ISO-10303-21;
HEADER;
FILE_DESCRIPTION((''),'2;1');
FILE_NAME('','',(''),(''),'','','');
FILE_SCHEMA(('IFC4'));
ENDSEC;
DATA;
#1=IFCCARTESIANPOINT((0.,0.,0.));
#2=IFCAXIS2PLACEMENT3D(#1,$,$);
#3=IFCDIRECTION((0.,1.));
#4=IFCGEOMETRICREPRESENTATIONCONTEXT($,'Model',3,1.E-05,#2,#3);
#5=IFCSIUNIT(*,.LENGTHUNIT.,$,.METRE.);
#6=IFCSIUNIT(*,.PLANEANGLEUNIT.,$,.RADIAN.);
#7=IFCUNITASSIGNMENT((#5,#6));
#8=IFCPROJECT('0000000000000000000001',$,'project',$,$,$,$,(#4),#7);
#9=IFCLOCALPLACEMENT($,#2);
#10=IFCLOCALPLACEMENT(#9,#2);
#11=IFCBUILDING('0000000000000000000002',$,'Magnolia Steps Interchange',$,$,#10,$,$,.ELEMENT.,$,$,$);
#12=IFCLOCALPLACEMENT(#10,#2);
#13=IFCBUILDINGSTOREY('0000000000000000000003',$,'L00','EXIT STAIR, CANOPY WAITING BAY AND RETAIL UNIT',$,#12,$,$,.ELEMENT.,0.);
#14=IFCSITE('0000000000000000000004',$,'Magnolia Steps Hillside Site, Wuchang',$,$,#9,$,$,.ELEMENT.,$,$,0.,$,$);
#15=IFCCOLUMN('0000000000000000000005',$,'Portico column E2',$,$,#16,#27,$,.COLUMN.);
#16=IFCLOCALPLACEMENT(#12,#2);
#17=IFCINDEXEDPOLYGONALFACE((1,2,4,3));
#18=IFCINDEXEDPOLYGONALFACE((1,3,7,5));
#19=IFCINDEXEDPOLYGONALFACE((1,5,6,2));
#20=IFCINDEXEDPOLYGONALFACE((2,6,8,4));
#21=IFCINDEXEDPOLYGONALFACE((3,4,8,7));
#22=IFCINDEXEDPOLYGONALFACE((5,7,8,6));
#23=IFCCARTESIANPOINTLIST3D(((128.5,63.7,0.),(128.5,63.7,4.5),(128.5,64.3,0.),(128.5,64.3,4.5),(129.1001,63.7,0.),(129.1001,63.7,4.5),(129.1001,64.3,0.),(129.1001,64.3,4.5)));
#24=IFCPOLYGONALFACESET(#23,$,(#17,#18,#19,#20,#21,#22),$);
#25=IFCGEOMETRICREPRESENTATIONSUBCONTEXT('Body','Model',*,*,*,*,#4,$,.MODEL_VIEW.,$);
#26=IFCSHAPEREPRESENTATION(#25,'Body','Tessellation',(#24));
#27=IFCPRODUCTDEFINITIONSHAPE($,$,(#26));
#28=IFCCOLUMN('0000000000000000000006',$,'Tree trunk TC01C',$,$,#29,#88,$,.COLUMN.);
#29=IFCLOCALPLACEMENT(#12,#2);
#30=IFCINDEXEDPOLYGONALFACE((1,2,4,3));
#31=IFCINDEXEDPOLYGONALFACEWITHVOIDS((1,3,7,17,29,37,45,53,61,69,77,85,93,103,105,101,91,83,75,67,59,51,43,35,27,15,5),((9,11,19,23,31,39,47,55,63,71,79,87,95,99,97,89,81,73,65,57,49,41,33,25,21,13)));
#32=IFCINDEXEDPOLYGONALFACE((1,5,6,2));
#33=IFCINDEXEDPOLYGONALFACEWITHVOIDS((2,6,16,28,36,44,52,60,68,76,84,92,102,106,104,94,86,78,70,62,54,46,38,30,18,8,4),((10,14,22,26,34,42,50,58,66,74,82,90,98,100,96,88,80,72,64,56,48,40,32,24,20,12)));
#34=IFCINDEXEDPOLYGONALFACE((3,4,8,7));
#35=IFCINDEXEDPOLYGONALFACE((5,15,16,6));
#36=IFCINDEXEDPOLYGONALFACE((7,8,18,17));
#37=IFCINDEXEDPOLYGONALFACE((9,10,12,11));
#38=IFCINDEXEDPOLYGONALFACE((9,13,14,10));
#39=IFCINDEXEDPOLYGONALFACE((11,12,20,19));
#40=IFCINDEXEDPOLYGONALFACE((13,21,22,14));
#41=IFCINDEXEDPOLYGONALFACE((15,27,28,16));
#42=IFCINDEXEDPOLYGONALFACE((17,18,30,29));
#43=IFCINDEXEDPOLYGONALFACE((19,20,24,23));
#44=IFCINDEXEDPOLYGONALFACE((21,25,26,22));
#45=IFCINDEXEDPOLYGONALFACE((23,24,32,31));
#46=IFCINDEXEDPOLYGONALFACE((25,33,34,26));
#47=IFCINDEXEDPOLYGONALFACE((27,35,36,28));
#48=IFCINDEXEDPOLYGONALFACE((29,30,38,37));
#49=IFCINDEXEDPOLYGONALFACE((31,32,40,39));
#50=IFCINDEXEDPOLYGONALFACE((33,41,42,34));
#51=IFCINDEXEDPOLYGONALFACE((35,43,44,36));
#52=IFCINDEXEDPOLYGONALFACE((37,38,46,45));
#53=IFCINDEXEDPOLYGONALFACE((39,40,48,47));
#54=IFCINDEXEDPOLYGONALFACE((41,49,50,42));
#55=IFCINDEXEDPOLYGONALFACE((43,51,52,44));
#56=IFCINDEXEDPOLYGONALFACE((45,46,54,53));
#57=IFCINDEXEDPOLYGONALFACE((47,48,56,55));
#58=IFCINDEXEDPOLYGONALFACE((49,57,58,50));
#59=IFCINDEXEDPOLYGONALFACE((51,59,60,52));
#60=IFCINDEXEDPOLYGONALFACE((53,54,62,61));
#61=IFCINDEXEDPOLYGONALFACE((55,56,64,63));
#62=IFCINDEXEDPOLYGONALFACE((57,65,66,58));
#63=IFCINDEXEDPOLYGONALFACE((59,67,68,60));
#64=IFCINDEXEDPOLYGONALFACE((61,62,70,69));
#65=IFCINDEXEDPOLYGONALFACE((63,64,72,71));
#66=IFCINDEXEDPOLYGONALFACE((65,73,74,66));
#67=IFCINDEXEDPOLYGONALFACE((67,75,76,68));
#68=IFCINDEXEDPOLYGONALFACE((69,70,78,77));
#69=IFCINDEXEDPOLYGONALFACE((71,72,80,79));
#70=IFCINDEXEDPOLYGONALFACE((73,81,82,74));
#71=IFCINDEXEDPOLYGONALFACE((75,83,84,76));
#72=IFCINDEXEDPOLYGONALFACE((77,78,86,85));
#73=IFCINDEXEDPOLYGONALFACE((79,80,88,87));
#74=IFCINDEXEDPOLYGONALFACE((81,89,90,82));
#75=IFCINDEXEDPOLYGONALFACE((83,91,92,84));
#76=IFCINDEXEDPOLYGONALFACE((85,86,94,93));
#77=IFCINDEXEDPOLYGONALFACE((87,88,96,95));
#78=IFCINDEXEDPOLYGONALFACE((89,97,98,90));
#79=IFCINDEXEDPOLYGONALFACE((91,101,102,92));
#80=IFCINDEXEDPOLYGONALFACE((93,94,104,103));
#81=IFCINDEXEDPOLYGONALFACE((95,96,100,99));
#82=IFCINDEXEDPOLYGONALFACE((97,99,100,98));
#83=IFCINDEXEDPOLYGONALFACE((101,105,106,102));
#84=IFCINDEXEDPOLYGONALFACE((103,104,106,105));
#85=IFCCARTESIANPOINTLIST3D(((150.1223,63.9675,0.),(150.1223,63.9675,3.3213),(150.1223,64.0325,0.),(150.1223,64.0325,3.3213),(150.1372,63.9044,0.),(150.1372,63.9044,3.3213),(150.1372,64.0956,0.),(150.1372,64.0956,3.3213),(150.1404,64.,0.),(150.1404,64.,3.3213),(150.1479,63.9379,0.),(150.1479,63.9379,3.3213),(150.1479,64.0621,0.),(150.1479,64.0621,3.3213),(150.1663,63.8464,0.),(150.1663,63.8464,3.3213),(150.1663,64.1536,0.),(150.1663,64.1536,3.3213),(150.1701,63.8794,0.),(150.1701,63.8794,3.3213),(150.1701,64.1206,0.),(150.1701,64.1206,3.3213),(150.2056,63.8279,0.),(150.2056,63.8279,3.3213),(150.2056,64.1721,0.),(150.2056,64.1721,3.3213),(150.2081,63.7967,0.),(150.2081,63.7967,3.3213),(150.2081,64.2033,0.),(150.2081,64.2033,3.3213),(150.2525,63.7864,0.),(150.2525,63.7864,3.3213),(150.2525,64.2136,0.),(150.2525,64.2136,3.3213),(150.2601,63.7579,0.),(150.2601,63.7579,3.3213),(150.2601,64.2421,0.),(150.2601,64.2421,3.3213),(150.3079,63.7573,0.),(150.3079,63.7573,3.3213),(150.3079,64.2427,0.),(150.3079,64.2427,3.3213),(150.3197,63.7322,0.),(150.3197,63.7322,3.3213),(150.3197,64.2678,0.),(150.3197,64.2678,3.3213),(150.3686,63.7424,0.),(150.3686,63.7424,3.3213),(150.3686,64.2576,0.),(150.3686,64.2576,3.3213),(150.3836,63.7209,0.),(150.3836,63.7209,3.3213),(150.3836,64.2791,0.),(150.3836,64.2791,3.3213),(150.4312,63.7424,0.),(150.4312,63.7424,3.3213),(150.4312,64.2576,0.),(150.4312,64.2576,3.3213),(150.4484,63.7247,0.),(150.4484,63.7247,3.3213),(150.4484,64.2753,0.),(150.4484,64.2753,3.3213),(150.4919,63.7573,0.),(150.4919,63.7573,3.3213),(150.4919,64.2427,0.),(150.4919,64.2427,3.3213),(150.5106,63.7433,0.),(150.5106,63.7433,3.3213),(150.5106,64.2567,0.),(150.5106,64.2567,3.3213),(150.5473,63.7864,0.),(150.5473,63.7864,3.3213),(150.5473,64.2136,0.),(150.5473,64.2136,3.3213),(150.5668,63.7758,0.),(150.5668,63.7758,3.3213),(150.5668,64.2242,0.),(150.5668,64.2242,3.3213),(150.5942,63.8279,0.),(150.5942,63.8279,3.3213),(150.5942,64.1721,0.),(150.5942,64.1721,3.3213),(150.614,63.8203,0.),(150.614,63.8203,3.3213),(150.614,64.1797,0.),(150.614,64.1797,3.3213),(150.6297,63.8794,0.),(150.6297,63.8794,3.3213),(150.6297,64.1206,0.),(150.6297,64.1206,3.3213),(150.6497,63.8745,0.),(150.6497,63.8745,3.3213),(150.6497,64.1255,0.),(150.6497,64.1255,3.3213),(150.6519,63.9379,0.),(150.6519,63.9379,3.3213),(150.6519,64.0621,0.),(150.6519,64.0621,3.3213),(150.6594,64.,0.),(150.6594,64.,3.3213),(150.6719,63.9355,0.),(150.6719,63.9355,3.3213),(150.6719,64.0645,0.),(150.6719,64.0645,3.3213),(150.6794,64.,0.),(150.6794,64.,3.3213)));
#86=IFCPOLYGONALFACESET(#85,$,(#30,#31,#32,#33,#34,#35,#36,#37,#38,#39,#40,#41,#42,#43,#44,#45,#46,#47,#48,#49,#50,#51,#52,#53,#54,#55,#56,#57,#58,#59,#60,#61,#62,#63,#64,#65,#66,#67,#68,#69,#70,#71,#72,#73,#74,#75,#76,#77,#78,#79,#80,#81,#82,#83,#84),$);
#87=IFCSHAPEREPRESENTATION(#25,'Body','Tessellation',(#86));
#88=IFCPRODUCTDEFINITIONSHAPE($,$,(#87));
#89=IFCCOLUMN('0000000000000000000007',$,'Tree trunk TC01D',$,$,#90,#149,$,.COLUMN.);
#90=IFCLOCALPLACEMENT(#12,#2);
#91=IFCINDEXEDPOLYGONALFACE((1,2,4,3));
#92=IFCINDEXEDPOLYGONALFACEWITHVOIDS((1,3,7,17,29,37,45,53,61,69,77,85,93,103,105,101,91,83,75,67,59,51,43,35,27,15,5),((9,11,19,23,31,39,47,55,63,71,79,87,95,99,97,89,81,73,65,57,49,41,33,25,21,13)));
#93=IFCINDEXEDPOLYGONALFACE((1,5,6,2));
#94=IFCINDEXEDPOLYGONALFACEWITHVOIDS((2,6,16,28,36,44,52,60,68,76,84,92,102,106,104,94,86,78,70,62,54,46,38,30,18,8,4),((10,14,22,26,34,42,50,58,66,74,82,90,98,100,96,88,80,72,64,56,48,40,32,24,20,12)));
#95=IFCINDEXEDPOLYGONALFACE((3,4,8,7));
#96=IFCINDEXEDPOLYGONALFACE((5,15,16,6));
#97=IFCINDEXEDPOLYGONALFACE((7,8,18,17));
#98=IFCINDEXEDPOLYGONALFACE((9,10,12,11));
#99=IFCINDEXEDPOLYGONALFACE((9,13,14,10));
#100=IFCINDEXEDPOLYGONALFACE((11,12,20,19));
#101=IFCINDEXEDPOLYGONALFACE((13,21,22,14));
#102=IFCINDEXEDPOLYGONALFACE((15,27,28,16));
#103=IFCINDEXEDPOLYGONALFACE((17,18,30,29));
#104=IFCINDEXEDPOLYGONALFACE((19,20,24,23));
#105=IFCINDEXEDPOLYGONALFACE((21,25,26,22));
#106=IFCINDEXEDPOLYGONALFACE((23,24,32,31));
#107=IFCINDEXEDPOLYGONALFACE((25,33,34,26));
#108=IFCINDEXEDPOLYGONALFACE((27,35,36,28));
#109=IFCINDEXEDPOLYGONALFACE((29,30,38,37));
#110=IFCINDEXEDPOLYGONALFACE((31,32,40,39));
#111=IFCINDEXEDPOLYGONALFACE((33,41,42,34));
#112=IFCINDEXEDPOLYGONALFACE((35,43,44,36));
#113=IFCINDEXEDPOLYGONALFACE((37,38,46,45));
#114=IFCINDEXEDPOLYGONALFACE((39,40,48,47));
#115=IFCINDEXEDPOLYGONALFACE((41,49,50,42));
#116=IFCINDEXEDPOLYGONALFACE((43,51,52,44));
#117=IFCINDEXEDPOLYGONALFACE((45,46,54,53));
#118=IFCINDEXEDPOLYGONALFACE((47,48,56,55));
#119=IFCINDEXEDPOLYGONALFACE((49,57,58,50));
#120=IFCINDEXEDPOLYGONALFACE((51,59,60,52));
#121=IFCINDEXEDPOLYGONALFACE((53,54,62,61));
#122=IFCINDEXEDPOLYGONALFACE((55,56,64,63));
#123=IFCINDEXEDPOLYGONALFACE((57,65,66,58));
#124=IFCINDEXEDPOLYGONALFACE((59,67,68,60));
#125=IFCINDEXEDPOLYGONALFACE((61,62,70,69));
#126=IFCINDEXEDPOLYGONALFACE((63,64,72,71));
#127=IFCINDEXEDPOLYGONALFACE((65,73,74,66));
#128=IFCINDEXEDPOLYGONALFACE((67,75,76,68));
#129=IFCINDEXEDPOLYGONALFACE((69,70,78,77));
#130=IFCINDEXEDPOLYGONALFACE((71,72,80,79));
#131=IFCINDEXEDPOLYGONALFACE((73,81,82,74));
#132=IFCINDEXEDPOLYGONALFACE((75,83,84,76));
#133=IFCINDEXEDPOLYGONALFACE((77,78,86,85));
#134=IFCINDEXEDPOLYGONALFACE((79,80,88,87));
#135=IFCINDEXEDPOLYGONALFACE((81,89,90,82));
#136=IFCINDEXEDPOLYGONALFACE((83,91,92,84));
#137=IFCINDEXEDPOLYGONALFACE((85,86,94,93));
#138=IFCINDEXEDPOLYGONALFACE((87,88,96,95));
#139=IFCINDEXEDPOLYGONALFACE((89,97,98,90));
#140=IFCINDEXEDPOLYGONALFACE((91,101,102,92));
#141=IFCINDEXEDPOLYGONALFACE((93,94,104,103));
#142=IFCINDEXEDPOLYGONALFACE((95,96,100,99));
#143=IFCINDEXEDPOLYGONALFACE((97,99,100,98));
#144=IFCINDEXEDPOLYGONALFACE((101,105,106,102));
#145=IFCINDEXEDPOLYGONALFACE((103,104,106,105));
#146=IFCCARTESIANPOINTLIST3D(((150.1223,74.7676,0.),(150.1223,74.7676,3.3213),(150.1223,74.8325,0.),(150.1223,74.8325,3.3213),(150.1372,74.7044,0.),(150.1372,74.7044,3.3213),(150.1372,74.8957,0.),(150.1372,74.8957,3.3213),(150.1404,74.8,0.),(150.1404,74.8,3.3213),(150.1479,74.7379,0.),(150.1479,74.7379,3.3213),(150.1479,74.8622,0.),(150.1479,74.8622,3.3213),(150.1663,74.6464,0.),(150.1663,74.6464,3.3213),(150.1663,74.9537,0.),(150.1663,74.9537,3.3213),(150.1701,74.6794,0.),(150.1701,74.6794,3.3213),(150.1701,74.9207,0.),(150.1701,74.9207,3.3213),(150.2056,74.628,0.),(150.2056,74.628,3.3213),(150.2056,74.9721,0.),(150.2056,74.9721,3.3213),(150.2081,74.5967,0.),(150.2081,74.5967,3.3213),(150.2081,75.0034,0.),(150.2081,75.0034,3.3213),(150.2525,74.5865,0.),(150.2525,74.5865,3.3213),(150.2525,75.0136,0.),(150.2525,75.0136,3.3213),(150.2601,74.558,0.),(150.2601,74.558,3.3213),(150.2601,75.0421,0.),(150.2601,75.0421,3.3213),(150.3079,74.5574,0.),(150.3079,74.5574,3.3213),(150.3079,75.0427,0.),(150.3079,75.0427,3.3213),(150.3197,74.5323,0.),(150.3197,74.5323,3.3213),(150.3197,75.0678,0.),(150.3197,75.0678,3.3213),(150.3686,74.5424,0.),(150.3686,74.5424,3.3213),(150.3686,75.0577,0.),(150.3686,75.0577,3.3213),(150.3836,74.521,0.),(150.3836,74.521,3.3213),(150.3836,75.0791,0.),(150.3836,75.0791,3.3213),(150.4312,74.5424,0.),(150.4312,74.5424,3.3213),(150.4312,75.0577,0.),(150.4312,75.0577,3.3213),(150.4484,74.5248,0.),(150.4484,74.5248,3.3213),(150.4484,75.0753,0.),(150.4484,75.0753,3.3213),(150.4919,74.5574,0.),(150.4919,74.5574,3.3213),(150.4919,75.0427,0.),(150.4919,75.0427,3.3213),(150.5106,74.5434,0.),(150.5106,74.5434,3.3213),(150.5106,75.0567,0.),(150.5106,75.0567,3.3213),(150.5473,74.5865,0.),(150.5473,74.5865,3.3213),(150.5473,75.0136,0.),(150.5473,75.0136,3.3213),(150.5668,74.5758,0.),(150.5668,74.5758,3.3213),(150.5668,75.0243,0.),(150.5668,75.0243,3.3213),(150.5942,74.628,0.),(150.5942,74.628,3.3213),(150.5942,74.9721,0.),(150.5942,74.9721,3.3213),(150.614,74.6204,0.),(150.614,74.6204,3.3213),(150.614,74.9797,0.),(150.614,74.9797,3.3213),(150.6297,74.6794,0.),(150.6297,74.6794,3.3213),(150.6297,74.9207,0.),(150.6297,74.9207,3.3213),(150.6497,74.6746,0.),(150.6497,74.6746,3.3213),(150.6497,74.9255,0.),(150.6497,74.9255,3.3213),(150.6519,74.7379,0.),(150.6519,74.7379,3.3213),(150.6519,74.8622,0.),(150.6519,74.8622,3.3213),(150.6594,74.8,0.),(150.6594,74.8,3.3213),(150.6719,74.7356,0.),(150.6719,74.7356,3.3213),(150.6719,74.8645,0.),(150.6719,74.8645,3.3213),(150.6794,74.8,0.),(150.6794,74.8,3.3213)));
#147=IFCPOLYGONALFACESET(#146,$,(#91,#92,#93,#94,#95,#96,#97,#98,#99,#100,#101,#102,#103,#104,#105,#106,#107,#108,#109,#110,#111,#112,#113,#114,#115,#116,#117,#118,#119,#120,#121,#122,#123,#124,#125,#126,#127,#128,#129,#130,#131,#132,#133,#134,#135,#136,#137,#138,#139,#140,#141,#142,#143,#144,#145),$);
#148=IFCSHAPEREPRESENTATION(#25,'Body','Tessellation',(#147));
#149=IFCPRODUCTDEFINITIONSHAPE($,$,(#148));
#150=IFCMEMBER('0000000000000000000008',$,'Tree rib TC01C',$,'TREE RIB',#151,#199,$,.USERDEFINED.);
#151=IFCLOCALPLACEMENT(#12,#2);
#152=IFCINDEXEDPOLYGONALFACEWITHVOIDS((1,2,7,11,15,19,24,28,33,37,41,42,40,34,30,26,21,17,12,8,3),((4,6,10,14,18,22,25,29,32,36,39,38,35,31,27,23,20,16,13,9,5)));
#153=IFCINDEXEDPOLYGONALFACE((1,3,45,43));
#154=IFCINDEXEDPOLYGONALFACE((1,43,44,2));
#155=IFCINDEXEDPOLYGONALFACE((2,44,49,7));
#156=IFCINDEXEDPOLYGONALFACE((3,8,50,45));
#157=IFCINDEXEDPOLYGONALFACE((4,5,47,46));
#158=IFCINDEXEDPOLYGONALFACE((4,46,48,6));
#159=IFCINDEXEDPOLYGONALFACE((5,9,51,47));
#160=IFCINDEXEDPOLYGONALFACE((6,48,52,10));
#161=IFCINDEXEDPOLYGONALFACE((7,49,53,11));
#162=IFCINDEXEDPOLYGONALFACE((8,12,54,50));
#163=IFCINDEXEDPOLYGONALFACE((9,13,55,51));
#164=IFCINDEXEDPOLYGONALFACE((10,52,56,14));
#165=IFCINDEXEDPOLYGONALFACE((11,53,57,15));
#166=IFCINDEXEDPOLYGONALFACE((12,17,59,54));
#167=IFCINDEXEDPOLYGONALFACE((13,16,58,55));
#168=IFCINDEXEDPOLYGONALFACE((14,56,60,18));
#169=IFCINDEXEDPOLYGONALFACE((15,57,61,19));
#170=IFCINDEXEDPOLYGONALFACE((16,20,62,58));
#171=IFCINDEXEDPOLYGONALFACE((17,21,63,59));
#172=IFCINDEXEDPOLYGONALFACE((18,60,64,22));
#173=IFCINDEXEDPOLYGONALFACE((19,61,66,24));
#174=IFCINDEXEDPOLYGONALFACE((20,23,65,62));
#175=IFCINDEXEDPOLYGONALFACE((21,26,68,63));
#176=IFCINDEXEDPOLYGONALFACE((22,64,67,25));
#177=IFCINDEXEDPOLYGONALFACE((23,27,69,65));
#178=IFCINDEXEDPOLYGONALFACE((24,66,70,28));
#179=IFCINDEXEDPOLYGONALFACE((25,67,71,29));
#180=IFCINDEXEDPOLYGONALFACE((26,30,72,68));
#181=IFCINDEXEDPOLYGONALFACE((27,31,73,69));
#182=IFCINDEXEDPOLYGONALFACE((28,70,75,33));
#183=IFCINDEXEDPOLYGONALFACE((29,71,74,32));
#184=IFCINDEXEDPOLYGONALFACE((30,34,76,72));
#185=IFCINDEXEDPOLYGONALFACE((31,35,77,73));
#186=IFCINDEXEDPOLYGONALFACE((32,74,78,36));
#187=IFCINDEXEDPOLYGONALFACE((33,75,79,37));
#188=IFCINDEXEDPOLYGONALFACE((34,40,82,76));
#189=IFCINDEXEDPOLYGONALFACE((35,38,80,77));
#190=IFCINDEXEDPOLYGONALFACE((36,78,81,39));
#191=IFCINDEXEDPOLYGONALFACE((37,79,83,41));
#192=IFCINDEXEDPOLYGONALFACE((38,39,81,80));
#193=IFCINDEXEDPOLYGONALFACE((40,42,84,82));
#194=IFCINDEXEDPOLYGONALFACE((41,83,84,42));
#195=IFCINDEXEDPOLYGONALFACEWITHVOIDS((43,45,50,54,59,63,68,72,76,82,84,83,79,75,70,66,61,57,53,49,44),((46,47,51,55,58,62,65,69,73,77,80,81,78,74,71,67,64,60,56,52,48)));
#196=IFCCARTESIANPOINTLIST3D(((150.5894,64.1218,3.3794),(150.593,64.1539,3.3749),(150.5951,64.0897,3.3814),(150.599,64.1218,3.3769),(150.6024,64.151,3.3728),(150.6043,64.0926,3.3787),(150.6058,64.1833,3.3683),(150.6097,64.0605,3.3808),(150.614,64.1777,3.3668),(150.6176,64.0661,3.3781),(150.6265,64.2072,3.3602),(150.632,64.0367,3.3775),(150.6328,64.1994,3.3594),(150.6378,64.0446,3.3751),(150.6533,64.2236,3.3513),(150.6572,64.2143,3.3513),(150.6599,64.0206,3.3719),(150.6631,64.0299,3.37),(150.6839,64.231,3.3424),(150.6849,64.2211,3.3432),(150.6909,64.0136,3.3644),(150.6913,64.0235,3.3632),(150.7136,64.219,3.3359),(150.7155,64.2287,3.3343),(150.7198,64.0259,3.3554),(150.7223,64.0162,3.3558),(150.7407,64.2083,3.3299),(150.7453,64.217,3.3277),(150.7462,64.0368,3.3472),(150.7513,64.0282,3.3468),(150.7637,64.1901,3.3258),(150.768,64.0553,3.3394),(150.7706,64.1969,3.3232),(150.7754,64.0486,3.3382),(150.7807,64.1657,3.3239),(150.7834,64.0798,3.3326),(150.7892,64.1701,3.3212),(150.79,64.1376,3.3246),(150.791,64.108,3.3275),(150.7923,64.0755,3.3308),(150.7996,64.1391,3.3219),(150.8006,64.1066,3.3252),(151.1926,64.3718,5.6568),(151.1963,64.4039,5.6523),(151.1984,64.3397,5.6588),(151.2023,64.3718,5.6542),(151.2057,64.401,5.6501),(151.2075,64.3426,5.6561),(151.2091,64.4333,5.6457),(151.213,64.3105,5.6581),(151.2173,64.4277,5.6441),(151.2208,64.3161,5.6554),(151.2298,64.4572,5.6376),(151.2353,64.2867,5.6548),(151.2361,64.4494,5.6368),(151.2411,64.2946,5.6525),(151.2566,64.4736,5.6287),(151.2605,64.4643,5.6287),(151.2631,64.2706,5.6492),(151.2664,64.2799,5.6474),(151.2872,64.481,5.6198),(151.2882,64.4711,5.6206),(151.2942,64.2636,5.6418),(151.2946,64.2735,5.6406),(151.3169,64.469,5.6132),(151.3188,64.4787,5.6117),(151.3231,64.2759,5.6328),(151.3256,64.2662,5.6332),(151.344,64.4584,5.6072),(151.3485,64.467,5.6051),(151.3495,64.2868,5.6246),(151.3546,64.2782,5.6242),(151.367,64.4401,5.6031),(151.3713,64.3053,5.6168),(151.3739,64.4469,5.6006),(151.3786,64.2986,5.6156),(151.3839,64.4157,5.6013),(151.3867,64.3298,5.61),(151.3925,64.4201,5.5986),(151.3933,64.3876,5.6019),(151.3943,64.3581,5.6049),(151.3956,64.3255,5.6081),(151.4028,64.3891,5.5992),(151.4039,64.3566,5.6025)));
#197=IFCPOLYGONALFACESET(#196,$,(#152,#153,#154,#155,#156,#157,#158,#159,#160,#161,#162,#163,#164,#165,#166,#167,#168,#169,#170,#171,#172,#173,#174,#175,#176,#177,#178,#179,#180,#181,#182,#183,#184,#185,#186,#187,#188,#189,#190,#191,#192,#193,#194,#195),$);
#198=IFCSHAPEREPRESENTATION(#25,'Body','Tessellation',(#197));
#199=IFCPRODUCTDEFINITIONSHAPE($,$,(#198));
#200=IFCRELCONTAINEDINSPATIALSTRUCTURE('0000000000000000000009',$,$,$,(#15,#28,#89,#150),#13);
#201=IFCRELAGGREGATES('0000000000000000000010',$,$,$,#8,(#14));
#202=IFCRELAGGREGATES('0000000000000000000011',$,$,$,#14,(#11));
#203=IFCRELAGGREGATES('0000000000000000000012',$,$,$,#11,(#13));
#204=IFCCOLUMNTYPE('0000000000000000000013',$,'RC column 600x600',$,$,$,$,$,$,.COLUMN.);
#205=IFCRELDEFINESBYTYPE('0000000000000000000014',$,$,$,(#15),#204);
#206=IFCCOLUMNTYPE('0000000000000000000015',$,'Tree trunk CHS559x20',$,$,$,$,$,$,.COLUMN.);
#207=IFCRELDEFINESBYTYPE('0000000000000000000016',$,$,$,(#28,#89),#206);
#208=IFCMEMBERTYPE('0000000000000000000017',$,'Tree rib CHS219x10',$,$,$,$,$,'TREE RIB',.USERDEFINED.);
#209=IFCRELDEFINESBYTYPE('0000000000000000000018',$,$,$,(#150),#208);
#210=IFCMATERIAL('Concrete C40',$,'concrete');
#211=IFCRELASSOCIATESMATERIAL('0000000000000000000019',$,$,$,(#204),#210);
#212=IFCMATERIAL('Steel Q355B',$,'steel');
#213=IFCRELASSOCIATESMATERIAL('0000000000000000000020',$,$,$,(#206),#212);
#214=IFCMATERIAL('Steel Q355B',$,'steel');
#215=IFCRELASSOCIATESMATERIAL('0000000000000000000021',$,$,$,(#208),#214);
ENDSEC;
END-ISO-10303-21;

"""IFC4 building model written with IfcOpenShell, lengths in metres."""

from ifc_helpers import new_model, si_unit, direction, frame, origin, origin_2d, place, context, subcontext, project, spatial, rectangle, hollow_circle, extrude, material, material_profile, profile_set, type_object, element, save


model = new_model("IFC4")

# Units and contexts
model_context = context("Model", 3, precision=1e-05, world=origin(), true_north=direction((0.0, 1.0)))
body_context = subcontext(model_context, "Body", "Model", "MODEL_VIEW")
ifc_project = project(units=[si_unit("LENGTHUNIT", "METRE"), si_unit("PLANEANGLEUNIT", "RADIAN")], contexts=[model_context])

# Site, building, storey
site_placement = place(None, origin())
site = spatial("IfcSite", under=ifc_project, at=site_placement, Name="Magnolia Steps Hillside Site, Wuchang", CompositionType="ELEMENT", RefElevation=0.0)
building_placement = place(site_placement, origin())
building = spatial("IfcBuilding", under=site, at=building_placement, Name="Magnolia Steps Interchange", CompositionType="ELEMENT")
storey_placement = place(building_placement, origin())
storey = spatial("IfcBuildingStorey", under=building, at=storey_placement, Name="L00", Description="EXIT STAIR, CANOPY WAITING BAY AND RETAIL UNIT", CompositionType="ELEMENT", Elevation=0.0)

# Columns
ifc_material_1 = material(Name="Concrete C40", Category="concrete")
ifc_material_profile_1 = material_profile(ifc_material_1, rectangle(XDim=0.6001, YDim=0.6001, at=origin_2d()), Name="RC600x600")
ifc_profile_set_1 = profile_set([ifc_material_profile_1], Name="Concrete C40")
column_type_1 = type_object("IfcColumnType", Name="RC column 600x600", PredefinedType="COLUMN", material=ifc_profile_set_1)
column_placement = place(storey_placement, frame((128.8, 64.0, 0.0), z_axis=(0.0, 0.0, 1.0), x_axis=(1.0, 0.0, 0.0)))
element("IfcColumn", 1, at=column_placement, inside=storey, type_object=column_type_1, Name="Portico column E2", PredefinedType="COLUMN", context=body_context, shape_type="SweptSolid", body=[
    extrude(rectangle(XDim=0.6001, YDim=0.6001, at=origin_2d()), origin(), (0.0, 0.0, 1.0), 4.5),
])
ifc_material_2 = material(Name="Steel Q355B", Category="steel")
ifc_material_profile_2 = material_profile(ifc_material_2, hollow_circle(Radius=0.2795, WallThickness=0.02, at=origin_2d()), Name="CHS559x20")
ifc_profile_set_2 = profile_set([ifc_material_profile_2], Name="Steel Q355B")
column_type_2 = type_object("IfcColumnType", Name="Tree trunk CHS559x20", PredefinedType="COLUMN", material=ifc_profile_set_2)
for number, where, z_axis, x_axis, name in (
    (2, (150.3999, 64.0, 0.0), (0.0, 0.0, 1.0), (1.0, 0.0, 0.0), "Tree trunk TC01C"),
    (3, (150.3999, 74.8, 0.0), (0.0, 0.0, 1.0), (1.0, 0.0, 0.0), "Tree trunk TC01D"),
):
    element("IfcColumn", number, at=place(storey_placement, frame(where, z_axis=z_axis, x_axis=x_axis)), inside=storey, type_object=column_type_2, Name=name, PredefinedType="COLUMN", context=body_context, shape_type="SweptSolid", body=[
        extrude(hollow_circle(Radius=0.2795, WallThickness=0.02, at=origin_2d()), origin(), (0.0, 0.0, 1.0), 3.3213),
    ])

# Member
ifc_material_3 = material(Name="Steel Q355B", Category="steel")
ifc_material_profile_3 = material_profile(ifc_material_3, hollow_circle(Radius=0.1096, WallThickness=0.01, at=origin_2d()), Name="CHS219x10")
ifc_profile_set_3 = profile_set([ifc_material_profile_3], Name="Steel Q355B")
member_type = type_object("IfcMemberType", Name="Tree rib CHS219x10", ElementType="TREE RIB", PredefinedType="USERDEFINED", material=ifc_profile_set_3)
for number, where, z_axis, x_axis, name in (
    (4, (150.6953, 64.1223, 3.3513), (0.254639, 0.105524, 0.961261), (-0.382836, 0.923816, 0.0), "Tree rib TC01C"),
):
    element("IfcMember", number, at=place(storey_placement, frame(where, z_axis=z_axis, x_axis=x_axis)), inside=storey, type_object=member_type, Name=name, ObjectType="TREE RIB", PredefinedType="USERDEFINED", context=body_context, shape_type="SweptSolid", body=[
        extrude(hollow_circle(Radius=0.1096, WallThickness=0.01, at=origin_2d()), origin(), (0.0, 0.0, 1.0), 2.3691),
    ])

save(model, "model.ifc")
